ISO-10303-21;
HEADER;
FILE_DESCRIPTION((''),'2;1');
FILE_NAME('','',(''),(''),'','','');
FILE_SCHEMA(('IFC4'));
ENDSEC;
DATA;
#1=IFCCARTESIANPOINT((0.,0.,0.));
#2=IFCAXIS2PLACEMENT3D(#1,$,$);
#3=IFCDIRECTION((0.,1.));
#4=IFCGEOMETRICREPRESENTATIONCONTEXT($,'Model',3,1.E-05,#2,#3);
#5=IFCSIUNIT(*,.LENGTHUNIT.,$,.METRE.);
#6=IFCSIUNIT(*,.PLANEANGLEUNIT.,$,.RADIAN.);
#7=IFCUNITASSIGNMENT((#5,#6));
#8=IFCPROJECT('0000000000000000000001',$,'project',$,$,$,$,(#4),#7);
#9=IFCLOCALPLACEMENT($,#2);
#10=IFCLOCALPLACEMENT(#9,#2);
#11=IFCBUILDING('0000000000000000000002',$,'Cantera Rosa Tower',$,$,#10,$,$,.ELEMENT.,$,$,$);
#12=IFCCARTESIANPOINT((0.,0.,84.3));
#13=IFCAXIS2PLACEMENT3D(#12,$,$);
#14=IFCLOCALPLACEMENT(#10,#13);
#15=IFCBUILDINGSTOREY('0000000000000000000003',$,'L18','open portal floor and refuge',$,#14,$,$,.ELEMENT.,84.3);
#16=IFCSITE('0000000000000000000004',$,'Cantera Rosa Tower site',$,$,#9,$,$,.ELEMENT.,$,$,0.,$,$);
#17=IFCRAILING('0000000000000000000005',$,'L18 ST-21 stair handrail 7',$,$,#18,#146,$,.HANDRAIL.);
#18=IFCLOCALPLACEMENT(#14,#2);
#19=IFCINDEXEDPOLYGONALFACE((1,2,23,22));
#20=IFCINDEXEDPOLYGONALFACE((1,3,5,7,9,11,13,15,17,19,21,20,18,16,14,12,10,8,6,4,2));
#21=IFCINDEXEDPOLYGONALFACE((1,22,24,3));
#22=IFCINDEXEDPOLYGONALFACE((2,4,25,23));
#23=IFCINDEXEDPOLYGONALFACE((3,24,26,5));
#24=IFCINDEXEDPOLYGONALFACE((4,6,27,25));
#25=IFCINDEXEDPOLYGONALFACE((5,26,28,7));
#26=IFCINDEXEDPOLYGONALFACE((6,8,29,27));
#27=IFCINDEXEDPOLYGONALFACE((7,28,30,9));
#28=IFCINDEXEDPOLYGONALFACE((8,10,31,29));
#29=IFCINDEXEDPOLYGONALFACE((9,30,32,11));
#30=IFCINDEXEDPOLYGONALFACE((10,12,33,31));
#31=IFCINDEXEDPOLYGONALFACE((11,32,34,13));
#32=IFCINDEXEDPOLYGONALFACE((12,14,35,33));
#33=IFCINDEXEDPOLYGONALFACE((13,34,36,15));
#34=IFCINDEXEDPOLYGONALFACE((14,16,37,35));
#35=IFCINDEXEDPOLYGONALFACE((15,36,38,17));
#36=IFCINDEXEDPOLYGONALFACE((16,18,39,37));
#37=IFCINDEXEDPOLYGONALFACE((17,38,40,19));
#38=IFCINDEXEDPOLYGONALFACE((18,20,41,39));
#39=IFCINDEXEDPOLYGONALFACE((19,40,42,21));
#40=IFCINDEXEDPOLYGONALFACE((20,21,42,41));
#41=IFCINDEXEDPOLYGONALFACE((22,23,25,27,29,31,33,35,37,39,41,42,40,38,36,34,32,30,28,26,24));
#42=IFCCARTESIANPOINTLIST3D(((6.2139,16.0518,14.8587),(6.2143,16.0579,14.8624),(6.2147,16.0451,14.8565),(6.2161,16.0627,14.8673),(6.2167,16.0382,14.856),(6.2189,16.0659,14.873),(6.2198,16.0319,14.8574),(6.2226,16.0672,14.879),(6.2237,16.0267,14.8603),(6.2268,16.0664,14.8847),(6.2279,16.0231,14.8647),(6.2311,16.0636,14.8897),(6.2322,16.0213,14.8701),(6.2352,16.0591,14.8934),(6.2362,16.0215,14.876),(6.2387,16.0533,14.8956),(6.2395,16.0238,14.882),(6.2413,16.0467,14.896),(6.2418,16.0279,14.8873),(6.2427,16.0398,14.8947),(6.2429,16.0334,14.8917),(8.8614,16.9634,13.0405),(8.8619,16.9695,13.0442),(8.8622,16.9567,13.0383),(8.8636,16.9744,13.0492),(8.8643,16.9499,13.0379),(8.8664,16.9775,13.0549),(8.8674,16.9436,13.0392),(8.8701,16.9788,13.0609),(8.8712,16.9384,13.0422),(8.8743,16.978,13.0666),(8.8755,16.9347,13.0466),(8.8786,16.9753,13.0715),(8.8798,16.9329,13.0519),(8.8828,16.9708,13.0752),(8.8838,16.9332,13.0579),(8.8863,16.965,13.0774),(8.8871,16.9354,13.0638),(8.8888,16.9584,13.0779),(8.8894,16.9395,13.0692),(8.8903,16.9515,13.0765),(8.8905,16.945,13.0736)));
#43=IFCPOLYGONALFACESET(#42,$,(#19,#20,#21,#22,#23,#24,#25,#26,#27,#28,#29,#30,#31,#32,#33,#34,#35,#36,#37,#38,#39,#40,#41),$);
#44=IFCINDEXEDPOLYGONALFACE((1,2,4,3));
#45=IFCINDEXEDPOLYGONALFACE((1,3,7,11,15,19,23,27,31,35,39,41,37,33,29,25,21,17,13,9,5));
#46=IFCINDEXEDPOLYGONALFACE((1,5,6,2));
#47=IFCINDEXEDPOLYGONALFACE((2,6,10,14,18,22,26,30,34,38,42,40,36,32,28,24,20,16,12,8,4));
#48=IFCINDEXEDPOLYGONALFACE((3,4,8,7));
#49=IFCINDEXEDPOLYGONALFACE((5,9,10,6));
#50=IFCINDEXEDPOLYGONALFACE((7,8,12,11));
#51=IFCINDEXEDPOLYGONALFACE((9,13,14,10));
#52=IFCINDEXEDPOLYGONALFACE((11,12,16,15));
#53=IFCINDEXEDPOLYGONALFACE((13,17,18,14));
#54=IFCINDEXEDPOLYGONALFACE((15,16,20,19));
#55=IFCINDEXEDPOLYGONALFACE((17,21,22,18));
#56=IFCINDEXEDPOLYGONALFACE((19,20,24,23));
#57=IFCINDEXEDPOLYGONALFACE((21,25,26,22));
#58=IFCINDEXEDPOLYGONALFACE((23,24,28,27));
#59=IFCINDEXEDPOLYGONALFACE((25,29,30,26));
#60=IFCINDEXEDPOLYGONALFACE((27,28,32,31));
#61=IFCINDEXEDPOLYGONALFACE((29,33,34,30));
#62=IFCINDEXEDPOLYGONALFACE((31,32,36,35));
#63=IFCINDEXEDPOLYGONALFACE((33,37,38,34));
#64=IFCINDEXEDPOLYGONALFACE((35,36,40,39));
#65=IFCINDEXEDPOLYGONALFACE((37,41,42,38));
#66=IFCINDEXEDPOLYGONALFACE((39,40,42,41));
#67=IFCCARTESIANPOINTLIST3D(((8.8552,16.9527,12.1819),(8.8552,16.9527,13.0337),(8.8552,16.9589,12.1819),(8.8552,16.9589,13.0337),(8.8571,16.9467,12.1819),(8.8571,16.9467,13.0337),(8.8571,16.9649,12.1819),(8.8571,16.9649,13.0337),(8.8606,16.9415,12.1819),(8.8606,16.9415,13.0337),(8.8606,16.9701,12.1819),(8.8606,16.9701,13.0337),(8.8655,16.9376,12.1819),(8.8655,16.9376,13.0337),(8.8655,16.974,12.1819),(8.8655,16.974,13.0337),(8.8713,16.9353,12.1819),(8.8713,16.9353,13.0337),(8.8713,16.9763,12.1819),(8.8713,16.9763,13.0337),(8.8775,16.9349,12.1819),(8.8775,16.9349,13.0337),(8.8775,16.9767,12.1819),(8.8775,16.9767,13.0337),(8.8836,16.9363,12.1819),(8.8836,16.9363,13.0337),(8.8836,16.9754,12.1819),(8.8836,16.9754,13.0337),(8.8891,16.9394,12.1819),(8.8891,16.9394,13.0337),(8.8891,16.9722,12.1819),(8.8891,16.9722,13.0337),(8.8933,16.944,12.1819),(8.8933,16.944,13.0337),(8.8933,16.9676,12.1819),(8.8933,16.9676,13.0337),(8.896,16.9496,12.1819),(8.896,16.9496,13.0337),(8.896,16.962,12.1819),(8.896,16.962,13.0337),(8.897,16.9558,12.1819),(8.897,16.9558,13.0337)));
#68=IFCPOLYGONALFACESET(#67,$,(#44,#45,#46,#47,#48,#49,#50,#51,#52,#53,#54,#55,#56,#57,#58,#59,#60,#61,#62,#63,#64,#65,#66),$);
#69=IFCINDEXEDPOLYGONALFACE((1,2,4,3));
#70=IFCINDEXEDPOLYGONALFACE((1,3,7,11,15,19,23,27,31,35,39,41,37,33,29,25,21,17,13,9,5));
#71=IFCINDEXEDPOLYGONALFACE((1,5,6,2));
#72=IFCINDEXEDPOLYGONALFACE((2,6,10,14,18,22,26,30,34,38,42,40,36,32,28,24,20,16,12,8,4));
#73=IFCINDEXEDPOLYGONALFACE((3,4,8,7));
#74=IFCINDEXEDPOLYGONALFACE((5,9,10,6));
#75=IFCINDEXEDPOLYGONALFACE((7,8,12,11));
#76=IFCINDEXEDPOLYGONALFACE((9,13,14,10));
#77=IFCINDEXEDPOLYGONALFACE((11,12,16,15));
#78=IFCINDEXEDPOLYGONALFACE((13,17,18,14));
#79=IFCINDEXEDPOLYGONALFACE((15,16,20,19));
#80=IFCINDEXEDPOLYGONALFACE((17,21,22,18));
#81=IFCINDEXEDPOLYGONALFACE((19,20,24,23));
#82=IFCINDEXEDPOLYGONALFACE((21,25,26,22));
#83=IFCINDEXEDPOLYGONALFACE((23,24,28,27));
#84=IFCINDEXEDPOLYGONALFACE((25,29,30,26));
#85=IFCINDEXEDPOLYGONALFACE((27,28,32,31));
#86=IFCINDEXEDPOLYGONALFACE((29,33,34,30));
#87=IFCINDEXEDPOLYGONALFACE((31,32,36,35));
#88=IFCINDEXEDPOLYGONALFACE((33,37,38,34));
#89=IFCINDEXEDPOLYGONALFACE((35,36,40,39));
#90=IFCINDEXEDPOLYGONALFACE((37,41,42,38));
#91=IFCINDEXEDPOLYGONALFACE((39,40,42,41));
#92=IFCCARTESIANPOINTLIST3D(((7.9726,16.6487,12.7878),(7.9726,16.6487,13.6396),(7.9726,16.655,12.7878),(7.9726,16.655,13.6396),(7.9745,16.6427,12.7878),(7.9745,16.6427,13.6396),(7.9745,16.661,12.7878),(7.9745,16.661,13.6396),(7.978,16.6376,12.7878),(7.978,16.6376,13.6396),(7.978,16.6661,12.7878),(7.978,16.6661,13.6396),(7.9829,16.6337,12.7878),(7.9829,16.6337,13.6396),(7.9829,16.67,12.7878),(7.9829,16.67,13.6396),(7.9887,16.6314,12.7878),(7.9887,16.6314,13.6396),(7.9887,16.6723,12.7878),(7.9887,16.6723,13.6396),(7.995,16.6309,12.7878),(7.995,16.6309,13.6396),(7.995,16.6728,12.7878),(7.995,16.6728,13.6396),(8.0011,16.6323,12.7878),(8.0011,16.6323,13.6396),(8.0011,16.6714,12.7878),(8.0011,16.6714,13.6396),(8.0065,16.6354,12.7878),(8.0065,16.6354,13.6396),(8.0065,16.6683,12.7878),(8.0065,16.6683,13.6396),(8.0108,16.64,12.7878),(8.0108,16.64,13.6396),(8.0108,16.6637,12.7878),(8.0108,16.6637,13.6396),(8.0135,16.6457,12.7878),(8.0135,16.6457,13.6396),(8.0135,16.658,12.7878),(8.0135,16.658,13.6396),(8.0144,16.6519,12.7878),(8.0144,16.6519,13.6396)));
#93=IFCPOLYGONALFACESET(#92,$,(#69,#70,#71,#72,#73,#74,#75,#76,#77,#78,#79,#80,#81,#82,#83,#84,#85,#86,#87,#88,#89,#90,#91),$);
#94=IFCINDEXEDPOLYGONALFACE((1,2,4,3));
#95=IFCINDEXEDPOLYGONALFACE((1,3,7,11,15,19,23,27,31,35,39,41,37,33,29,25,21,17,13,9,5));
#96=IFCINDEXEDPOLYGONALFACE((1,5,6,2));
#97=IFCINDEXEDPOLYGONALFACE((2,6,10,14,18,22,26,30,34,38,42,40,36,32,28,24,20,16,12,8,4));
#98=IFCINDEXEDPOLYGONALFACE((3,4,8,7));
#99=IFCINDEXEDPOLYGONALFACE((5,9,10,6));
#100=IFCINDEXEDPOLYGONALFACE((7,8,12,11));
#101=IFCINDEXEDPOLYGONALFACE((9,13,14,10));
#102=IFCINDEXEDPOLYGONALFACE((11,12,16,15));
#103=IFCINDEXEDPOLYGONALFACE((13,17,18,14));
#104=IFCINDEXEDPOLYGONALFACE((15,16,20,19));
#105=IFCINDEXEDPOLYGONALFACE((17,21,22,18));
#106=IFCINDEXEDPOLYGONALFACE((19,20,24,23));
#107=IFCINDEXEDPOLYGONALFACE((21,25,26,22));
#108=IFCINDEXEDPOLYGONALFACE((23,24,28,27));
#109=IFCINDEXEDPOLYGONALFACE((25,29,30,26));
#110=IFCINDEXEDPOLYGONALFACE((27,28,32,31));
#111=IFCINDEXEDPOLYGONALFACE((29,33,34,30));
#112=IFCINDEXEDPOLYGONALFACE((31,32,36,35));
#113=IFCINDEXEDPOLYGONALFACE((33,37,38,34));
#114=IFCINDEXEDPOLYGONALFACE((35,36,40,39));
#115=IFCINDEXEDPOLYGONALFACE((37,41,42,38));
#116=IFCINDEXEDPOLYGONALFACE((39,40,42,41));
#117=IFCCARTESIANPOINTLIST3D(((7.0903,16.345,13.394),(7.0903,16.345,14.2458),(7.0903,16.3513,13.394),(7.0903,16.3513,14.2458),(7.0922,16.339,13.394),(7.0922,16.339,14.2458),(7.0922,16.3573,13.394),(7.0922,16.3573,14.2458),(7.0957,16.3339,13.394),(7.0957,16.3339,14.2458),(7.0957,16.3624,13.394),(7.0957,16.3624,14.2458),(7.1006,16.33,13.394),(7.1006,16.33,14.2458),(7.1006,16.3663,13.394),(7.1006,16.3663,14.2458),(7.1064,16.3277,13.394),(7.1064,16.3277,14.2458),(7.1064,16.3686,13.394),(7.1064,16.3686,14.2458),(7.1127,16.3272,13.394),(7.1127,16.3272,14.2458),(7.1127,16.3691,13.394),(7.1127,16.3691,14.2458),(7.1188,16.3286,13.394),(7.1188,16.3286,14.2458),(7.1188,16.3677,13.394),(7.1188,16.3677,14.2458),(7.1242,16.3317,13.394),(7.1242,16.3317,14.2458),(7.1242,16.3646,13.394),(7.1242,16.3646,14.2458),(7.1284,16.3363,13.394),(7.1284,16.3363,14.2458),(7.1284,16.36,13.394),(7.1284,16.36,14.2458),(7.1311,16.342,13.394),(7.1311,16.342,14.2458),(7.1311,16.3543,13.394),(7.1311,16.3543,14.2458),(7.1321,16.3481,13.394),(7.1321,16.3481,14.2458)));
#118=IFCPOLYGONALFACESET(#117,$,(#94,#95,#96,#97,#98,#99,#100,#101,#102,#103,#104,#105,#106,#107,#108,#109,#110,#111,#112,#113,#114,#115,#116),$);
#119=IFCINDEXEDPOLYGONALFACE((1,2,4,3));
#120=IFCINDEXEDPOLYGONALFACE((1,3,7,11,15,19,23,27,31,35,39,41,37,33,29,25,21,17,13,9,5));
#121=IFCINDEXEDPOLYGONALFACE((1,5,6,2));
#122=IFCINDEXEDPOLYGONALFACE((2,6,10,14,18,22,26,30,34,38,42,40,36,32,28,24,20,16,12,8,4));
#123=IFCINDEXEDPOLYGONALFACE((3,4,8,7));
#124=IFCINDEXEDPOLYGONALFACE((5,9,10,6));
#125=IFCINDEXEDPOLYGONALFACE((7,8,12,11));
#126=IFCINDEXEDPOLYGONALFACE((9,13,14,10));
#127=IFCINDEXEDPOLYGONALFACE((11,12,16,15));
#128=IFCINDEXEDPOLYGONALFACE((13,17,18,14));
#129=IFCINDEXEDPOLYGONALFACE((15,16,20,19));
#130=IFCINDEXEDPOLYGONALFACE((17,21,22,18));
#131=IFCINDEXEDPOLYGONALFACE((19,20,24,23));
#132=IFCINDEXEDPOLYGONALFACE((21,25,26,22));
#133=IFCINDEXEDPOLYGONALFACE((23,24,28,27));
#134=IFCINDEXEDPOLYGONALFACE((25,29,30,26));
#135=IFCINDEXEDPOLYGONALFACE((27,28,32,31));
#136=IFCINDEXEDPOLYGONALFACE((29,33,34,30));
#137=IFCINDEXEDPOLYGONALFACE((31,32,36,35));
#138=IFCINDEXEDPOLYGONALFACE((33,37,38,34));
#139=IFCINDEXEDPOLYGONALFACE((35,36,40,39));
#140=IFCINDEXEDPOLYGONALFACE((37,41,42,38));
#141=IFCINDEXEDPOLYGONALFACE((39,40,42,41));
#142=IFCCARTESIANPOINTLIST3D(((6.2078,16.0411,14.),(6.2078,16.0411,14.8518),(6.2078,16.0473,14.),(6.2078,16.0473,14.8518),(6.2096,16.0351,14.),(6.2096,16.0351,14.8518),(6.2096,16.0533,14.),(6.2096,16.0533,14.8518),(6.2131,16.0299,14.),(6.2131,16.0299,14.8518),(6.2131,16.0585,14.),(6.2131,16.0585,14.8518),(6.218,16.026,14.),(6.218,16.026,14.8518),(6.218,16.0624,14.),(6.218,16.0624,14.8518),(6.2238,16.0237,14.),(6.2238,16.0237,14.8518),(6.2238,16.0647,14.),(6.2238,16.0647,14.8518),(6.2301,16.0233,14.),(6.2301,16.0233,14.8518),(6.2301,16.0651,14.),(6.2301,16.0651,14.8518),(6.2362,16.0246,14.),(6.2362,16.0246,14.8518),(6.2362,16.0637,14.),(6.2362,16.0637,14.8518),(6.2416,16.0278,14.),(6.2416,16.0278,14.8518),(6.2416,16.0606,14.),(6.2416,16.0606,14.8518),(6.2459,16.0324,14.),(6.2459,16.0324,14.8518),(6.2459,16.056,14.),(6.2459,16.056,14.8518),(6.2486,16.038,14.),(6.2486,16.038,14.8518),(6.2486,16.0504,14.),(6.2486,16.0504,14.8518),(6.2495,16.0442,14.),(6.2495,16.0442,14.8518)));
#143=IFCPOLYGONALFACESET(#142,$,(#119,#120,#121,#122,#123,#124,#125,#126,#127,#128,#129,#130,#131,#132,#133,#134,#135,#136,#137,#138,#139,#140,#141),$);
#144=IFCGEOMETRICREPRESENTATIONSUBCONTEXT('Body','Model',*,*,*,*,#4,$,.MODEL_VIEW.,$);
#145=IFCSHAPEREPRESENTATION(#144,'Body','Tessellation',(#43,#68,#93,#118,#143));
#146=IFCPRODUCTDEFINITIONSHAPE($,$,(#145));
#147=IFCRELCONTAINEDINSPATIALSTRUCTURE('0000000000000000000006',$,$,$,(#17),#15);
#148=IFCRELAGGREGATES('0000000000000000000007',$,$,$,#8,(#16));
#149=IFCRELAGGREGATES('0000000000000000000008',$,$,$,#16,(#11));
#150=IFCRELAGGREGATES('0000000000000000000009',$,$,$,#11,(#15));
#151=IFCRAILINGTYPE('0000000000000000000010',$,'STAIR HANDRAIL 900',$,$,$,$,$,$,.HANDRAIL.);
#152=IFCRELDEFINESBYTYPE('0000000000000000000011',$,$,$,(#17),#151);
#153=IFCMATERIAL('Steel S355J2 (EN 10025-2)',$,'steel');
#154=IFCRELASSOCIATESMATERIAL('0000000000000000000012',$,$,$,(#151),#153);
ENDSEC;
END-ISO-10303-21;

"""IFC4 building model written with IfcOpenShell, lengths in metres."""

from ifc_helpers import new_model, si_unit, direction, frame, origin, origin_2d, place, context, subcontext, project, spatial, circle, extrude, material, type_object, element, save


model = new_model("IFC4")

# Units and contexts
model_context = context("Model", 3, precision=1e-05, world=origin(), true_north=direction((0.0, 1.0)))
body_context = subcontext(model_context, "Body", "Model", "MODEL_VIEW")
ifc_project = project(units=[si_unit("LENGTHUNIT", "METRE"), si_unit("PLANEANGLEUNIT", "RADIAN")], contexts=[model_context])

# Site, building, storey
site_placement = place(None, origin())
site = spatial("IfcSite", under=ifc_project, at=site_placement, Name="Cantera Rosa Tower site", CompositionType="ELEMENT", RefElevation=0.0)
building_placement = place(site_placement, origin())
building = spatial("IfcBuilding", under=site, at=building_placement, Name="Cantera Rosa Tower", CompositionType="ELEMENT")
storey_placement = place(building_placement, frame((0.0, 0.0, 84.3)))
storey = spatial("IfcBuildingStorey", under=building, at=storey_placement, Name="L18", Description="open portal floor and refuge", CompositionType="ELEMENT", Elevation=84.3)

# Railing
ifc_material_1 = material(Name="Steel S355J2 (EN 10025-2)", Category="steel")
railing_type_1 = type_object("IfcRailingType", Name="STAIR HANDRAIL 900", PredefinedType="HANDRAIL", material=ifc_material_1)
for number, where, name in (
    (1, (8.876, 16.9558, 12.1819), "L18 ST-21 stair handrail 7"),
):
    element("IfcRailing", number, at=place(storey_placement, frame(where)), inside=storey, type_object=railing_type_1, Name=name, PredefinedType="HANDRAIL", context=body_context, shape_type="SweptSolid", body=[
        extrude(circle(Radius=0.0239, at=origin_2d()), frame((0.0, 0.0, 0.876), z_axis=(-0.793007, -0.273062, 0.544589), x_axis=(0.325577, -0.945516, 0.0)), (0.0, 0.0, 1.0), 3.3386),
        extrude(circle(Radius=0.021, at=origin_2d()), origin(), (0.0, 0.0, 1.0), 0.8518),
        extrude(circle(Radius=0.021, at=origin_2d()), frame((-0.8826, -0.304, 0.606)), (0.0, 0.0, 1.0), 0.8518),
        extrude(circle(Radius=0.021, at=origin_2d()), frame((-1.7649, -0.6077, 1.2122)), (0.0, 0.0, 1.0), 0.8518),
        extrude(circle(Radius=0.021, at=origin_2d()), frame((-2.6475, -0.9116, 1.8181)), (0.0, 0.0, 1.0), 0.8518),
    ])

save(model, "model.ifc")
